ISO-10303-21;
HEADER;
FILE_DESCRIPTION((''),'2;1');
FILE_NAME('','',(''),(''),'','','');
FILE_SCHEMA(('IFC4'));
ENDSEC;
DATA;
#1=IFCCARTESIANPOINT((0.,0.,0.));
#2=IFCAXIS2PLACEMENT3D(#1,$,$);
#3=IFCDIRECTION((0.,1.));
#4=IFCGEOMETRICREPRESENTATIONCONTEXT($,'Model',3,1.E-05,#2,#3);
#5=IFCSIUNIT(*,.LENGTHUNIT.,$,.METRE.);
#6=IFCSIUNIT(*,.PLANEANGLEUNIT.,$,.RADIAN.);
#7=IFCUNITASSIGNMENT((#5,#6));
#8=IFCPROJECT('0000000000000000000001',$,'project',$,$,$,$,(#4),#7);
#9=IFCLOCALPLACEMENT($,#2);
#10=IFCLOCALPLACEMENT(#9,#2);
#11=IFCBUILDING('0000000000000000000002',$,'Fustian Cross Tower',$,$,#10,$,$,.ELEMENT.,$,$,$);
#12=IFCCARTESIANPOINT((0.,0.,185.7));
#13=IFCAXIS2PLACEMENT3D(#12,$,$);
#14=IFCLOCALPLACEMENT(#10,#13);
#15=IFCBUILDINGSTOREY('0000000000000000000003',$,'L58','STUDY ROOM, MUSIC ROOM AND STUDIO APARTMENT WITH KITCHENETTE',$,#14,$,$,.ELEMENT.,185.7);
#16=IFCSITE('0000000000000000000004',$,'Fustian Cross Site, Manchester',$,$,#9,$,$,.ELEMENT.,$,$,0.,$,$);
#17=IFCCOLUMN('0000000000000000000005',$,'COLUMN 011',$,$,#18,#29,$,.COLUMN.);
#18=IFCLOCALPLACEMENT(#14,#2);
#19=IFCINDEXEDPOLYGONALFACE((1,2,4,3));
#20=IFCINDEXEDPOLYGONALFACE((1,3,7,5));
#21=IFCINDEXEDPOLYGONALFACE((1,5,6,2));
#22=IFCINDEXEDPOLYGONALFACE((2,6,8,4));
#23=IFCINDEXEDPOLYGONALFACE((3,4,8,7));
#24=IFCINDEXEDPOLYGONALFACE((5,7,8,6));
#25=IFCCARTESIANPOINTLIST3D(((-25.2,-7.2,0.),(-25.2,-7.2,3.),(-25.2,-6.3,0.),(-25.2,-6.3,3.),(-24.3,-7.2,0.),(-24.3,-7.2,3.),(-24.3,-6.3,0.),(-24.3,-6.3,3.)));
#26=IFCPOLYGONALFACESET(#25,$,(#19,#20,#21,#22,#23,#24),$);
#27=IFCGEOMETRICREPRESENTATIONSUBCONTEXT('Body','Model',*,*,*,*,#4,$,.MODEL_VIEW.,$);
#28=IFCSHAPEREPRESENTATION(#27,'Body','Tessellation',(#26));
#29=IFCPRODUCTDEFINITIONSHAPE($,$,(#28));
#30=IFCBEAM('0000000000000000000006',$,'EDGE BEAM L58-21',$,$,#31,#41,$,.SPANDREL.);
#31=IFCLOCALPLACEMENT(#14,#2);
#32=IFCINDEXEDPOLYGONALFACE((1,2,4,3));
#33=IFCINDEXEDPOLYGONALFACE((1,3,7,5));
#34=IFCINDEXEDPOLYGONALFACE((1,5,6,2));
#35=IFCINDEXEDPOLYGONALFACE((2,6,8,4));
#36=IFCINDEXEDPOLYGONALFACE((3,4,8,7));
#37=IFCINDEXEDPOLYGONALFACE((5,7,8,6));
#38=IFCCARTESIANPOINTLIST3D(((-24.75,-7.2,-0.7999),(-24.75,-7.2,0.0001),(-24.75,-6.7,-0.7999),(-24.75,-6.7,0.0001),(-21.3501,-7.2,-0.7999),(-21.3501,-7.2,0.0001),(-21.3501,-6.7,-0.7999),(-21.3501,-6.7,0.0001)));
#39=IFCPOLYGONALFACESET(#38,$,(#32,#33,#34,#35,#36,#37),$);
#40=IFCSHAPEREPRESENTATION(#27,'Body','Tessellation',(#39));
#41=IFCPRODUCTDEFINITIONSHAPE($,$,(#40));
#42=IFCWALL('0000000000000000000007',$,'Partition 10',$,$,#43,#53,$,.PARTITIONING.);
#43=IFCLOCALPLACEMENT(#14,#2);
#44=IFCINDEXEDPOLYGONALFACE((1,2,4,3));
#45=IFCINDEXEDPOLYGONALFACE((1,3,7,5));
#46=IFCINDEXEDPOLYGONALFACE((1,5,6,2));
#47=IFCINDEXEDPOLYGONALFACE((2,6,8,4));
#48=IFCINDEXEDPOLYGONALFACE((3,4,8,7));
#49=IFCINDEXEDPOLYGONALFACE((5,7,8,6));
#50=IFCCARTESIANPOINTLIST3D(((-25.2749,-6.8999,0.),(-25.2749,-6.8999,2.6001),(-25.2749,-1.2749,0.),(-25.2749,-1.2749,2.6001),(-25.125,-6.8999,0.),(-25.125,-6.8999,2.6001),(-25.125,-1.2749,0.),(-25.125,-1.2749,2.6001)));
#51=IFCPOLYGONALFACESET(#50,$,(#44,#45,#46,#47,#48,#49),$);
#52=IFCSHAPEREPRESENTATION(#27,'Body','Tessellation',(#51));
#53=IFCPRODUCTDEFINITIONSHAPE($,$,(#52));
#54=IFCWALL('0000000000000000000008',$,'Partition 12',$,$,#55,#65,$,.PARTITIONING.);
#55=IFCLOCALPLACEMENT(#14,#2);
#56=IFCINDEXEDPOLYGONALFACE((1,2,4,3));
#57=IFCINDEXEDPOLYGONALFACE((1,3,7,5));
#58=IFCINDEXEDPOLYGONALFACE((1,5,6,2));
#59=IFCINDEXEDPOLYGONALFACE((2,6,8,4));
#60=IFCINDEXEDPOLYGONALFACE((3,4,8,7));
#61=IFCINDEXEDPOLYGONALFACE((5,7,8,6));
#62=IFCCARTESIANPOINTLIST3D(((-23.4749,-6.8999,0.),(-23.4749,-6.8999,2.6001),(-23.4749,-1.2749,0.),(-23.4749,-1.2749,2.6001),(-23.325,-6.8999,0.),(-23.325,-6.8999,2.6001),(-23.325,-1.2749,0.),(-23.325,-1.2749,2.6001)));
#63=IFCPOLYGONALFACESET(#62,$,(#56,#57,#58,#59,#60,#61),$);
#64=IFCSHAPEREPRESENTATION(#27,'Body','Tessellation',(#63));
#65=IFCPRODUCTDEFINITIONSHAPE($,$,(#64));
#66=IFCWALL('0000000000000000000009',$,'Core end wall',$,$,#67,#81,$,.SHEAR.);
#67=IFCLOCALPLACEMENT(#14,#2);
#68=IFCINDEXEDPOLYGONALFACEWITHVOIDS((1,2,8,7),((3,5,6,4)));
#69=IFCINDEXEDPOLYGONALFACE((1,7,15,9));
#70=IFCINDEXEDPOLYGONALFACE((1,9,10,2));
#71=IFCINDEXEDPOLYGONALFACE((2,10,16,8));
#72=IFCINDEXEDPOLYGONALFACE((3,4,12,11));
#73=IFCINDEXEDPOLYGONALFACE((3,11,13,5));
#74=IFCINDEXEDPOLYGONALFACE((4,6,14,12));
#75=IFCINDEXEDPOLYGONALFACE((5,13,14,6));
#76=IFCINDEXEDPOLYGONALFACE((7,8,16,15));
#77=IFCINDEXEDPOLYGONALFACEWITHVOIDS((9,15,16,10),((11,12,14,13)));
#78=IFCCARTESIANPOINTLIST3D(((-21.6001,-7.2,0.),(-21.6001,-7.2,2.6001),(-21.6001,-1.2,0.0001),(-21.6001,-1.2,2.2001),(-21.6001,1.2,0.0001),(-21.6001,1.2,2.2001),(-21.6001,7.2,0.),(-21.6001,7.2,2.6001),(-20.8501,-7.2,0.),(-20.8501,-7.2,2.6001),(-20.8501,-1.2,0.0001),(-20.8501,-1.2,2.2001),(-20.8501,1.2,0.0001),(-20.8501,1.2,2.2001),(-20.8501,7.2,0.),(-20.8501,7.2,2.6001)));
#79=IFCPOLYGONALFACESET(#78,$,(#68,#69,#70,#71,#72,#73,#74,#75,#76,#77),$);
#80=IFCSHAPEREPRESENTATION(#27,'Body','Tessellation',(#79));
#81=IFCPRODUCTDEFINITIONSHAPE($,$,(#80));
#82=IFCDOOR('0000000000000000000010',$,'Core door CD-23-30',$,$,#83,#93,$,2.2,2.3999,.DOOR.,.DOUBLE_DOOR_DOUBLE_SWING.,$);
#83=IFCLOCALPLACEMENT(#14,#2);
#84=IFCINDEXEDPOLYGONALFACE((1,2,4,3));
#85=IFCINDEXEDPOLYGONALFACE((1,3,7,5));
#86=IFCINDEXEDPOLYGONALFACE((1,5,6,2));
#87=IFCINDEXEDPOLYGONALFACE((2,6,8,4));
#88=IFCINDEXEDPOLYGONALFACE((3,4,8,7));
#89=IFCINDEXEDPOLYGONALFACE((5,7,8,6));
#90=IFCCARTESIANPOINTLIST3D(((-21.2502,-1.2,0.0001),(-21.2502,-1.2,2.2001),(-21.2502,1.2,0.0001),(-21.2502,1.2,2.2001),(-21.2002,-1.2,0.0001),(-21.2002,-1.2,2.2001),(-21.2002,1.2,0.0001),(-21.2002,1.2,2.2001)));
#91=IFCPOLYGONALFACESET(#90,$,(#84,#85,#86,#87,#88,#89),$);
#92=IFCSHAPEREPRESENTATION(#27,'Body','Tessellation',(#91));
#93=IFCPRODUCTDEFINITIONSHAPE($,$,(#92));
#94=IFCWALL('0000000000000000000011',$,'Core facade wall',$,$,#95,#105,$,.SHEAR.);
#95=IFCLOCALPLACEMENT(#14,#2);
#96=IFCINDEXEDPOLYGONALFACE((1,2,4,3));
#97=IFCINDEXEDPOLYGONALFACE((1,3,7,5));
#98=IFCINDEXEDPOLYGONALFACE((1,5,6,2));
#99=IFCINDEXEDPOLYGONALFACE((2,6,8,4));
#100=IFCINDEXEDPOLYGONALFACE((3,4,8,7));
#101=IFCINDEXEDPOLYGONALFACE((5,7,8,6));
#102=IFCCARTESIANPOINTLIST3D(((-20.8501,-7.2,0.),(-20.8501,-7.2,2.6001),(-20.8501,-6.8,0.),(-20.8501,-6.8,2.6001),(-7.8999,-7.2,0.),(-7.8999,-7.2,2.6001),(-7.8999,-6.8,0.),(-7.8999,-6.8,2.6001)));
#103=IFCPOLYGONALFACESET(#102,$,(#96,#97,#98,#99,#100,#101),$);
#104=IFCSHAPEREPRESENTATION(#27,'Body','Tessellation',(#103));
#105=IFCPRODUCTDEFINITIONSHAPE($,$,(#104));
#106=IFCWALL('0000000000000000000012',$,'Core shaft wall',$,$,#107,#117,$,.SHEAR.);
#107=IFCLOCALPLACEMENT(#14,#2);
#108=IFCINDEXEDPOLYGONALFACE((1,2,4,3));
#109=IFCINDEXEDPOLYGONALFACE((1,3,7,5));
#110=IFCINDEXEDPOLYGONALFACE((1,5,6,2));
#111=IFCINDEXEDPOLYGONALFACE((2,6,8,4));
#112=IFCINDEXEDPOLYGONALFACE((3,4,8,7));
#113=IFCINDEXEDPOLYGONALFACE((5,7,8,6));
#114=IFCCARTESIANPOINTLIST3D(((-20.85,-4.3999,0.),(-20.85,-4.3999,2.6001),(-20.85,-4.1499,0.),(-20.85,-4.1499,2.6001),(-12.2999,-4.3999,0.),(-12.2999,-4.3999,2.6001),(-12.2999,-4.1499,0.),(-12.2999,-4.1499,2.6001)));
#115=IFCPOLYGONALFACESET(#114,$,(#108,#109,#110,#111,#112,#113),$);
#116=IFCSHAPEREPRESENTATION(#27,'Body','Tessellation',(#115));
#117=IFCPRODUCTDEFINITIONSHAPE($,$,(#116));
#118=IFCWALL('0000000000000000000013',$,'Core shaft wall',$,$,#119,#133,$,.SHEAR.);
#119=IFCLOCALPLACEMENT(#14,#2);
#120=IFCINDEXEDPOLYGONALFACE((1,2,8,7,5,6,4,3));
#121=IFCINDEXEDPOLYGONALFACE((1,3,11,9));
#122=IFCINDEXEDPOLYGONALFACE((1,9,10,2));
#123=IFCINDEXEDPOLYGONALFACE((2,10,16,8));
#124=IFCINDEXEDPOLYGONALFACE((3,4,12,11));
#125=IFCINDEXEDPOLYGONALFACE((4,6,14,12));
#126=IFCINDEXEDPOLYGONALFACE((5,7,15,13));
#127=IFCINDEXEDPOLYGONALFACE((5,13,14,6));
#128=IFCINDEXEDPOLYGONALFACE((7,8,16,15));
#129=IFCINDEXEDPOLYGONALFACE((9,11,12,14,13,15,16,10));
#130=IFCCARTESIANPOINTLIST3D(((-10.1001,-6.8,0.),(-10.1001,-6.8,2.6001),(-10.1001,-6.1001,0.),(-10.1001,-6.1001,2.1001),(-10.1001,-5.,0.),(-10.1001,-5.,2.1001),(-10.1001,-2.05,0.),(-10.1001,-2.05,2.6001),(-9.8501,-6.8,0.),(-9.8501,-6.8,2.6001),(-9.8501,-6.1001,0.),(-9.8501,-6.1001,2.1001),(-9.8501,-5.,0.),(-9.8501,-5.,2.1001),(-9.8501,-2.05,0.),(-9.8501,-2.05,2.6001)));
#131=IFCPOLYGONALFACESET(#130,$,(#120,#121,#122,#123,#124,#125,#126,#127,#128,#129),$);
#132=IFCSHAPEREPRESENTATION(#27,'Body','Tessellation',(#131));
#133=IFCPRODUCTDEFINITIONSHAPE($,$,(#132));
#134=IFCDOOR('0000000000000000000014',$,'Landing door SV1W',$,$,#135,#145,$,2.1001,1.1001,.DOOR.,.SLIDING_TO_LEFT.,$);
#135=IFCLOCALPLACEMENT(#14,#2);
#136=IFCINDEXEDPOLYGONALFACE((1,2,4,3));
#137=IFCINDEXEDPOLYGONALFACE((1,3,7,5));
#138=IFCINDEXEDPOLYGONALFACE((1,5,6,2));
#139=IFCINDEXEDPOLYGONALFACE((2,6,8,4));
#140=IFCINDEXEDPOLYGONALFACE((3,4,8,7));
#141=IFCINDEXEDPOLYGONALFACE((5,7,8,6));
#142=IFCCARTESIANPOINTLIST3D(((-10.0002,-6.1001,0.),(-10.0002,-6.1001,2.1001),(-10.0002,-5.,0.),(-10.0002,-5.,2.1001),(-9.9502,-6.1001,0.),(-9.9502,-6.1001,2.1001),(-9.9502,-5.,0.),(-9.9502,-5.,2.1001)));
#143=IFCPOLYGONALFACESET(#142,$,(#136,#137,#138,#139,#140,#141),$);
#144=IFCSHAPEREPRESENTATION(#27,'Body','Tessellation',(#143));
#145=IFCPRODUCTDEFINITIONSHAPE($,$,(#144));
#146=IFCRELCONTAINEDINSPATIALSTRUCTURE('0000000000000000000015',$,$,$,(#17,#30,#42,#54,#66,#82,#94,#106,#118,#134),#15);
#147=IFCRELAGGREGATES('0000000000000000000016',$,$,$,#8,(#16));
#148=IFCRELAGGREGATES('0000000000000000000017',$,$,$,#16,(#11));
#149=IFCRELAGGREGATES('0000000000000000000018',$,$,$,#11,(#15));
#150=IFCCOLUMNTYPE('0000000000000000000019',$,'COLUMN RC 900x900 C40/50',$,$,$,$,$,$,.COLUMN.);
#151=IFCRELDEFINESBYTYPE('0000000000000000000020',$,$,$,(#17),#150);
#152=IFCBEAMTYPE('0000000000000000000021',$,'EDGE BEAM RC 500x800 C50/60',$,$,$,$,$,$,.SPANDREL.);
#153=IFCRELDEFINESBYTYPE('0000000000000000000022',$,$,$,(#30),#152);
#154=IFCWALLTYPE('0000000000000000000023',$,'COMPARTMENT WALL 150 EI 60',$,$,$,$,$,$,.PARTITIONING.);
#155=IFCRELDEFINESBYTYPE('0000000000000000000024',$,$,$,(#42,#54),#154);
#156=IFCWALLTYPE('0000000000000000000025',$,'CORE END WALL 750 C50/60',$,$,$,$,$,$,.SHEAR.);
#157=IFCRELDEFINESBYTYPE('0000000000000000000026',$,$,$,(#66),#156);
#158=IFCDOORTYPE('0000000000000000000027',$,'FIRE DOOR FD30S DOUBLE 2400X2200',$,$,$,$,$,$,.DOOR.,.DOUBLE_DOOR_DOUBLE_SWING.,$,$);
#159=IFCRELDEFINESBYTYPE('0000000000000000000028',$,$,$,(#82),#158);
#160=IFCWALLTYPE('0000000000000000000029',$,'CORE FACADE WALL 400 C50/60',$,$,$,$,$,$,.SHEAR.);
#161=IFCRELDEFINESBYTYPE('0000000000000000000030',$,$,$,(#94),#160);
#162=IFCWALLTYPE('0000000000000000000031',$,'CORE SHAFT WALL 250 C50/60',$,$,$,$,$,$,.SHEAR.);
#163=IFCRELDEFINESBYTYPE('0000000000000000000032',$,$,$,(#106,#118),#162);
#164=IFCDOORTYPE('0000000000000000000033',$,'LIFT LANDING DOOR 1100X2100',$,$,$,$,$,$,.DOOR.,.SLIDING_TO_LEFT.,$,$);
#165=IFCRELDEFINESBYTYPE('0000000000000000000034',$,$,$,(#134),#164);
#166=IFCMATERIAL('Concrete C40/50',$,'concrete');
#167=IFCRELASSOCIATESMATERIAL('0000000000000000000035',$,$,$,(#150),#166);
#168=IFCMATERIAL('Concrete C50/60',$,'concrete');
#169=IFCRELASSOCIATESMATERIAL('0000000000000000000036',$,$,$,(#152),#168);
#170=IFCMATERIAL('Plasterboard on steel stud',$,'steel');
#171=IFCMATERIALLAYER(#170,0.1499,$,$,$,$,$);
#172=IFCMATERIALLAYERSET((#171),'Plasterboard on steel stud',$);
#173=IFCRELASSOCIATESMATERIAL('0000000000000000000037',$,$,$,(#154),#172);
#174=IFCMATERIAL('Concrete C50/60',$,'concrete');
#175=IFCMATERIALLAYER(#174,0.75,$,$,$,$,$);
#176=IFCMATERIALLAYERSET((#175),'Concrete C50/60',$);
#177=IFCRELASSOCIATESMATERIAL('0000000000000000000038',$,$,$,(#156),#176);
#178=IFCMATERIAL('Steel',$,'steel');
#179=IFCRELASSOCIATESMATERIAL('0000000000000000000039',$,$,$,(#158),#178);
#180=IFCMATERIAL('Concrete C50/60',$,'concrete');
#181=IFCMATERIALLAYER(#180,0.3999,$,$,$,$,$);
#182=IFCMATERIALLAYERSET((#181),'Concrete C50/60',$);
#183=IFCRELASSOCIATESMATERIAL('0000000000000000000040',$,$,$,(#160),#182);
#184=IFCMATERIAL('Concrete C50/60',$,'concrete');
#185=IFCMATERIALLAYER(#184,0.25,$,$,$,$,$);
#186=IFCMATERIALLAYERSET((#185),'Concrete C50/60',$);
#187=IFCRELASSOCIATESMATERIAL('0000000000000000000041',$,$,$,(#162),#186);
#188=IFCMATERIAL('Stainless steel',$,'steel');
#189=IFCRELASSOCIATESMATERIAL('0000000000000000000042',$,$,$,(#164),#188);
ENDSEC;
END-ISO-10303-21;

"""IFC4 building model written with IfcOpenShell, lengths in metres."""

from ifc_helpers import new_model, si_unit, direction, frame, frame_2d, origin, origin_2d, place, context, subcontext, project, spatial, rectangle, extrude, material, layer, layer_set, material_profile, profile_set, type_object, element, fill, save


model = new_model("IFC4")

# Units and contexts
model_context = context("Model", 3, precision=1e-05, world=origin(), true_north=direction((0.0, 1.0)))
body_context = subcontext(model_context, "Body", "Model", "MODEL_VIEW")
ifc_project = project(units=[si_unit("LENGTHUNIT", "METRE"), si_unit("PLANEANGLEUNIT", "RADIAN")], contexts=[model_context])

# Site, building, storey
site_placement = place(None, origin())
site = spatial("IfcSite", under=ifc_project, at=site_placement, Name="Fustian Cross Site, Manchester", CompositionType="ELEMENT", RefElevation=0.0)
building_placement = place(site_placement, origin())
building = spatial("IfcBuilding", under=site, at=building_placement, Name="Fustian Cross Tower", CompositionType="ELEMENT")
storey_placement = place(building_placement, frame((0.0, 0.0, 185.7)))
storey = spatial("IfcBuildingStorey", under=building, at=storey_placement, Name="L58", Description="STUDY ROOM, MUSIC ROOM AND STUDIO APARTMENT WITH KITCHENETTE", CompositionType="ELEMENT", Elevation=185.7)

# Column
ifc_material_1 = material(Name="Concrete C40/50", Category="concrete")
ifc_material_profile_1 = material_profile(ifc_material_1, rectangle(XDim=0.8999, YDim=0.8999, at=origin_2d()), Name="RC 900x900")
ifc_profile_set_1 = profile_set([ifc_material_profile_1], Name="Concrete C40/50")
column_type = type_object("IfcColumnType", Name="COLUMN RC 900x900 C40/50", PredefinedType="COLUMN", material=ifc_profile_set_1)
column_placement = place(storey_placement, frame((-24.75, -6.75, 0.0), z_axis=(0.0, 0.0, 1.0), x_axis=(1.0, 0.0, 0.0)))
element("IfcColumn", 1, at=column_placement, inside=storey, type_object=column_type, Name="COLUMN 011", PredefinedType="COLUMN", context=body_context, shape_type="SweptSolid", body=[
    extrude(rectangle(XDim=0.8999, YDim=0.8999, at=origin_2d()), origin(), (0.0, 0.0, 1.0), 3.0),
])

# Beam
ifc_material_2 = material(Name="Concrete C50/60", Category="concrete")
ifc_material_profile_2 = material_profile(ifc_material_2, rectangle(XDim=0.5, YDim=0.8, at=origin_2d()), Name="RC 500x800")
ifc_profile_set_2 = profile_set([ifc_material_profile_2], Name="Concrete C50/60")
beam_type = type_object("IfcBeamType", Name="EDGE BEAM RC 500x800 C50/60", PredefinedType="SPANDREL", material=ifc_profile_set_2)
beam_placement = place(storey_placement, frame((-24.75, -6.95, -0.3999), z_axis=(1.0, 0.0, 0.0), x_axis=(0.0, 1.0, 0.0)))
element("IfcBeam", 2, at=beam_placement, inside=storey, type_object=beam_type, Name="EDGE BEAM L58-21", PredefinedType="SPANDREL", context=body_context, shape_type="SweptSolid", body=[
    extrude(rectangle(XDim=0.5, YDim=0.8, at=origin_2d()), origin(), (0.0, 0.0, 1.0), 3.3999),
])

# Walls
ifc_material_3 = material(Name="Plasterboard on steel stud", Category="steel")
ifc_layer_1 = layer(ifc_material_3, 0.1499)
ifc_layer_set_1 = layer_set([ifc_layer_1], Name="Plasterboard on steel stud")
wall_type_1 = type_object("IfcWallType", Name="COMPARTMENT WALL 150 EI 60", PredefinedType="PARTITIONING", material=ifc_layer_set_1)
for number, where, z_axis, x_axis, name in (
    (3, (-25.2, -6.8999, 0.0), (0.0, 0.0, 1.0), (0.0, 1.0, 0.0), "Partition 10"),
    (4, (-23.3999, -6.8999, 0.0), (0.0, 0.0, 1.0), (0.0, 1.0, 0.0), "Partition 12"),
):
    element("IfcWall", number, at=place(storey_placement, frame(where, z_axis=z_axis, x_axis=x_axis)), inside=storey, type_object=wall_type_1, Name=name, PredefinedType="PARTITIONING", context=body_context, shape_type="SweptSolid", body=[
        extrude(rectangle(XDim=5.625, YDim=0.1499, at=frame_2d((2.8125, 0.0))), origin(), (0.0, 0.0, 1.0), 2.6001),
    ])

# Wall, opening, door
ifc_material_4 = material(Name="Concrete C50/60", Category="concrete")
ifc_layer_2 = layer(ifc_material_4, 0.75)
ifc_layer_set_2 = layer_set([ifc_layer_2], Name="Concrete C50/60")
wall_type_2 = type_object("IfcWallType", Name="CORE END WALL 750 C50/60", PredefinedType="SHEAR", material=ifc_layer_set_2)
wall_1_placement = place(storey_placement, frame((-21.2251, -7.2, 0.0), z_axis=(0.0, 0.0, 1.0), x_axis=(0.0, 1.0, 0.0)))
wall_1 = element("IfcWall", 5, at=wall_1_placement, inside=storey, type_object=wall_type_2, Name="Core end wall", PredefinedType="SHEAR", context=body_context, shape_type="SweptSolid", body=[
    extrude(rectangle(XDim=14.3999, YDim=0.75, at=frame_2d((7.2, 0.0))), origin(), (0.0, 0.0, 1.0), 2.6001),
])
opening_1_placement = place(wall_1_placement, frame((6.0, 0.0, 0.0)))
opening_1 = element("IfcOpeningElement", 6, at=opening_1_placement, cuts=wall_1, PredefinedType="OPENING", context=body_context, shape_type="SweptSolid", body=[
    extrude(rectangle(XDim=2.3999, YDim=2.2, at=frame_2d((1.2, 1.1001))), frame((0.0, 0.385, 0.0), z_axis=(0.0, -1.0, 0.0), x_axis=(1.0, 0.0, 0.0)), (0.0, 0.0, 1.0), 0.77),
])
ifc_material_5 = material(Name="Steel", Category="steel")
door_type_1 = type_object("IfcDoorType", Name="FIRE DOOR FD30S DOUBLE 2400X2200", OperationType="DOUBLE_DOOR_DOUBLE_SWING", PredefinedType="DOOR", material=ifc_material_5)
door_1_placement = place(opening_1_placement, frame((2.3999, 0.0, 0.0), z_axis=(0.0, 0.0, 1.0), x_axis=(-1.0, 0.0, 0.0)))
door_1 = element("IfcDoor", 7, at=door_1_placement, inside=storey, type_object=door_type_1, Name="Core door CD-23-30", OperationType="DOUBLE_DOOR_DOUBLE_SWING", OverallHeight=2.2, OverallWidth=2.3999, PredefinedType="DOOR", context=body_context, shape_type="SweptSolid", body=[
    extrude(rectangle(XDim=2.3999, YDim=2.2, at=frame_2d((1.2, 1.1001))), frame((0.0, 0.0249, 0.0), z_axis=(0.0, -1.0, 0.0), x_axis=(1.0, 0.0, 0.0)), (0.0, 0.0, 1.0), 0.05),
])
fill(opening_1, door_1)

# Walls
ifc_material_6 = material(Name="Concrete C50/60", Category="concrete")
ifc_layer_3 = layer(ifc_material_6, 0.3999)
ifc_layer_set_3 = layer_set([ifc_layer_3], Name="Concrete C50/60")
wall_type_3 = type_object("IfcWallType", Name="CORE FACADE WALL 400 C50/60", PredefinedType="SHEAR", material=ifc_layer_set_3)
wall_2_placement = place(storey_placement, frame((-7.8999, -7.0, 0.0), z_axis=(0.0, 0.0, 1.0), x_axis=(-1.0, 0.0, 0.0)))
element("IfcWall", 8, at=wall_2_placement, inside=storey, type_object=wall_type_3, Name="Core facade wall", PredefinedType="SHEAR", context=body_context, shape_type="SweptSolid", body=[
    extrude(rectangle(XDim=12.9502, YDim=0.3999, at=frame_2d((6.4751, 0.0))), origin(), (0.0, 0.0, 1.0), 2.6001),
])
ifc_material_7 = material(Name="Concrete C50/60", Category="concrete")
ifc_layer_4 = layer(ifc_material_7, 0.25)
ifc_layer_set_4 = layer_set([ifc_layer_4], Name="Concrete C50/60")
wall_type_4 = type_object("IfcWallType", Name="CORE SHAFT WALL 250 C50/60", PredefinedType="SHEAR", material=ifc_layer_set_4)
wall_3_placement = place(storey_placement, frame((-12.3, -4.2749, 0.0), z_axis=(0.0, 0.0, 1.0), x_axis=(-1.0, 0.0, 0.0)))
element("IfcWall", 9, at=wall_3_placement, inside=storey, type_object=wall_type_4, Name="Core shaft wall", PredefinedType="SHEAR", context=body_context, shape_type="SweptSolid", body=[
    extrude(rectangle(XDim=8.55, YDim=0.25, at=frame_2d((4.2749, 0.0))), origin(), (0.0, 0.0, 1.0), 2.6001),
])

# Wall, opening, door
wall_4_placement = place(storey_placement, frame((-9.9751, -2.05, 0.0), z_axis=(0.0, 0.0, 1.0), x_axis=(0.0, -1.0, 0.0)))
wall_4 = element("IfcWall", 10, at=wall_4_placement, inside=storey, type_object=wall_type_4, Name="Core shaft wall", PredefinedType="SHEAR", context=body_context, shape_type="SweptSolid", body=[
    extrude(rectangle(XDim=4.75, YDim=0.25, at=frame_2d((2.375, 0.0))), origin(), (0.0, 0.0, 1.0), 2.6001),
])
opening_2_placement = place(wall_4_placement, frame((2.95, 0.0, 0.0)))
opening_2 = element("IfcOpeningElement", 11, at=opening_2_placement, cuts=wall_4, PredefinedType="OPENING", context=body_context, shape_type="SweptSolid", body=[
    extrude(rectangle(XDim=1.1001, YDim=2.1001, at=frame_2d((0.55, 1.05))), frame((0.0, 0.135, 0.0), z_axis=(0.0, -1.0, 0.0), x_axis=(1.0, 0.0, 0.0)), (0.0, 0.0, 1.0), 0.27),
])
ifc_material_8 = material(Name="Stainless steel", Category="steel")
door_type_2 = type_object("IfcDoorType", Name="LIFT LANDING DOOR 1100X2100", OperationType="SLIDING_TO_LEFT", PredefinedType="DOOR", material=ifc_material_8)
door_2_placement = place(opening_2_placement, origin())
door_2 = element("IfcDoor", 12, at=door_2_placement, inside=storey, type_object=door_type_2, Name="Landing door SV1W", OperationType="SLIDING_TO_LEFT", OverallHeight=2.1001, OverallWidth=1.1001, PredefinedType="DOOR", context=body_context, shape_type="SweptSolid", body=[
    extrude(rectangle(XDim=1.1001, YDim=2.1001, at=frame_2d((0.55, 1.05))), frame((0.0, 0.0249, 0.0), z_axis=(0.0, -1.0, 0.0), x_axis=(1.0, 0.0, 0.0)), (0.0, 0.0, 1.0), 0.05),
])
fill(opening_2, door_2)

save(model, "model.ifc")
